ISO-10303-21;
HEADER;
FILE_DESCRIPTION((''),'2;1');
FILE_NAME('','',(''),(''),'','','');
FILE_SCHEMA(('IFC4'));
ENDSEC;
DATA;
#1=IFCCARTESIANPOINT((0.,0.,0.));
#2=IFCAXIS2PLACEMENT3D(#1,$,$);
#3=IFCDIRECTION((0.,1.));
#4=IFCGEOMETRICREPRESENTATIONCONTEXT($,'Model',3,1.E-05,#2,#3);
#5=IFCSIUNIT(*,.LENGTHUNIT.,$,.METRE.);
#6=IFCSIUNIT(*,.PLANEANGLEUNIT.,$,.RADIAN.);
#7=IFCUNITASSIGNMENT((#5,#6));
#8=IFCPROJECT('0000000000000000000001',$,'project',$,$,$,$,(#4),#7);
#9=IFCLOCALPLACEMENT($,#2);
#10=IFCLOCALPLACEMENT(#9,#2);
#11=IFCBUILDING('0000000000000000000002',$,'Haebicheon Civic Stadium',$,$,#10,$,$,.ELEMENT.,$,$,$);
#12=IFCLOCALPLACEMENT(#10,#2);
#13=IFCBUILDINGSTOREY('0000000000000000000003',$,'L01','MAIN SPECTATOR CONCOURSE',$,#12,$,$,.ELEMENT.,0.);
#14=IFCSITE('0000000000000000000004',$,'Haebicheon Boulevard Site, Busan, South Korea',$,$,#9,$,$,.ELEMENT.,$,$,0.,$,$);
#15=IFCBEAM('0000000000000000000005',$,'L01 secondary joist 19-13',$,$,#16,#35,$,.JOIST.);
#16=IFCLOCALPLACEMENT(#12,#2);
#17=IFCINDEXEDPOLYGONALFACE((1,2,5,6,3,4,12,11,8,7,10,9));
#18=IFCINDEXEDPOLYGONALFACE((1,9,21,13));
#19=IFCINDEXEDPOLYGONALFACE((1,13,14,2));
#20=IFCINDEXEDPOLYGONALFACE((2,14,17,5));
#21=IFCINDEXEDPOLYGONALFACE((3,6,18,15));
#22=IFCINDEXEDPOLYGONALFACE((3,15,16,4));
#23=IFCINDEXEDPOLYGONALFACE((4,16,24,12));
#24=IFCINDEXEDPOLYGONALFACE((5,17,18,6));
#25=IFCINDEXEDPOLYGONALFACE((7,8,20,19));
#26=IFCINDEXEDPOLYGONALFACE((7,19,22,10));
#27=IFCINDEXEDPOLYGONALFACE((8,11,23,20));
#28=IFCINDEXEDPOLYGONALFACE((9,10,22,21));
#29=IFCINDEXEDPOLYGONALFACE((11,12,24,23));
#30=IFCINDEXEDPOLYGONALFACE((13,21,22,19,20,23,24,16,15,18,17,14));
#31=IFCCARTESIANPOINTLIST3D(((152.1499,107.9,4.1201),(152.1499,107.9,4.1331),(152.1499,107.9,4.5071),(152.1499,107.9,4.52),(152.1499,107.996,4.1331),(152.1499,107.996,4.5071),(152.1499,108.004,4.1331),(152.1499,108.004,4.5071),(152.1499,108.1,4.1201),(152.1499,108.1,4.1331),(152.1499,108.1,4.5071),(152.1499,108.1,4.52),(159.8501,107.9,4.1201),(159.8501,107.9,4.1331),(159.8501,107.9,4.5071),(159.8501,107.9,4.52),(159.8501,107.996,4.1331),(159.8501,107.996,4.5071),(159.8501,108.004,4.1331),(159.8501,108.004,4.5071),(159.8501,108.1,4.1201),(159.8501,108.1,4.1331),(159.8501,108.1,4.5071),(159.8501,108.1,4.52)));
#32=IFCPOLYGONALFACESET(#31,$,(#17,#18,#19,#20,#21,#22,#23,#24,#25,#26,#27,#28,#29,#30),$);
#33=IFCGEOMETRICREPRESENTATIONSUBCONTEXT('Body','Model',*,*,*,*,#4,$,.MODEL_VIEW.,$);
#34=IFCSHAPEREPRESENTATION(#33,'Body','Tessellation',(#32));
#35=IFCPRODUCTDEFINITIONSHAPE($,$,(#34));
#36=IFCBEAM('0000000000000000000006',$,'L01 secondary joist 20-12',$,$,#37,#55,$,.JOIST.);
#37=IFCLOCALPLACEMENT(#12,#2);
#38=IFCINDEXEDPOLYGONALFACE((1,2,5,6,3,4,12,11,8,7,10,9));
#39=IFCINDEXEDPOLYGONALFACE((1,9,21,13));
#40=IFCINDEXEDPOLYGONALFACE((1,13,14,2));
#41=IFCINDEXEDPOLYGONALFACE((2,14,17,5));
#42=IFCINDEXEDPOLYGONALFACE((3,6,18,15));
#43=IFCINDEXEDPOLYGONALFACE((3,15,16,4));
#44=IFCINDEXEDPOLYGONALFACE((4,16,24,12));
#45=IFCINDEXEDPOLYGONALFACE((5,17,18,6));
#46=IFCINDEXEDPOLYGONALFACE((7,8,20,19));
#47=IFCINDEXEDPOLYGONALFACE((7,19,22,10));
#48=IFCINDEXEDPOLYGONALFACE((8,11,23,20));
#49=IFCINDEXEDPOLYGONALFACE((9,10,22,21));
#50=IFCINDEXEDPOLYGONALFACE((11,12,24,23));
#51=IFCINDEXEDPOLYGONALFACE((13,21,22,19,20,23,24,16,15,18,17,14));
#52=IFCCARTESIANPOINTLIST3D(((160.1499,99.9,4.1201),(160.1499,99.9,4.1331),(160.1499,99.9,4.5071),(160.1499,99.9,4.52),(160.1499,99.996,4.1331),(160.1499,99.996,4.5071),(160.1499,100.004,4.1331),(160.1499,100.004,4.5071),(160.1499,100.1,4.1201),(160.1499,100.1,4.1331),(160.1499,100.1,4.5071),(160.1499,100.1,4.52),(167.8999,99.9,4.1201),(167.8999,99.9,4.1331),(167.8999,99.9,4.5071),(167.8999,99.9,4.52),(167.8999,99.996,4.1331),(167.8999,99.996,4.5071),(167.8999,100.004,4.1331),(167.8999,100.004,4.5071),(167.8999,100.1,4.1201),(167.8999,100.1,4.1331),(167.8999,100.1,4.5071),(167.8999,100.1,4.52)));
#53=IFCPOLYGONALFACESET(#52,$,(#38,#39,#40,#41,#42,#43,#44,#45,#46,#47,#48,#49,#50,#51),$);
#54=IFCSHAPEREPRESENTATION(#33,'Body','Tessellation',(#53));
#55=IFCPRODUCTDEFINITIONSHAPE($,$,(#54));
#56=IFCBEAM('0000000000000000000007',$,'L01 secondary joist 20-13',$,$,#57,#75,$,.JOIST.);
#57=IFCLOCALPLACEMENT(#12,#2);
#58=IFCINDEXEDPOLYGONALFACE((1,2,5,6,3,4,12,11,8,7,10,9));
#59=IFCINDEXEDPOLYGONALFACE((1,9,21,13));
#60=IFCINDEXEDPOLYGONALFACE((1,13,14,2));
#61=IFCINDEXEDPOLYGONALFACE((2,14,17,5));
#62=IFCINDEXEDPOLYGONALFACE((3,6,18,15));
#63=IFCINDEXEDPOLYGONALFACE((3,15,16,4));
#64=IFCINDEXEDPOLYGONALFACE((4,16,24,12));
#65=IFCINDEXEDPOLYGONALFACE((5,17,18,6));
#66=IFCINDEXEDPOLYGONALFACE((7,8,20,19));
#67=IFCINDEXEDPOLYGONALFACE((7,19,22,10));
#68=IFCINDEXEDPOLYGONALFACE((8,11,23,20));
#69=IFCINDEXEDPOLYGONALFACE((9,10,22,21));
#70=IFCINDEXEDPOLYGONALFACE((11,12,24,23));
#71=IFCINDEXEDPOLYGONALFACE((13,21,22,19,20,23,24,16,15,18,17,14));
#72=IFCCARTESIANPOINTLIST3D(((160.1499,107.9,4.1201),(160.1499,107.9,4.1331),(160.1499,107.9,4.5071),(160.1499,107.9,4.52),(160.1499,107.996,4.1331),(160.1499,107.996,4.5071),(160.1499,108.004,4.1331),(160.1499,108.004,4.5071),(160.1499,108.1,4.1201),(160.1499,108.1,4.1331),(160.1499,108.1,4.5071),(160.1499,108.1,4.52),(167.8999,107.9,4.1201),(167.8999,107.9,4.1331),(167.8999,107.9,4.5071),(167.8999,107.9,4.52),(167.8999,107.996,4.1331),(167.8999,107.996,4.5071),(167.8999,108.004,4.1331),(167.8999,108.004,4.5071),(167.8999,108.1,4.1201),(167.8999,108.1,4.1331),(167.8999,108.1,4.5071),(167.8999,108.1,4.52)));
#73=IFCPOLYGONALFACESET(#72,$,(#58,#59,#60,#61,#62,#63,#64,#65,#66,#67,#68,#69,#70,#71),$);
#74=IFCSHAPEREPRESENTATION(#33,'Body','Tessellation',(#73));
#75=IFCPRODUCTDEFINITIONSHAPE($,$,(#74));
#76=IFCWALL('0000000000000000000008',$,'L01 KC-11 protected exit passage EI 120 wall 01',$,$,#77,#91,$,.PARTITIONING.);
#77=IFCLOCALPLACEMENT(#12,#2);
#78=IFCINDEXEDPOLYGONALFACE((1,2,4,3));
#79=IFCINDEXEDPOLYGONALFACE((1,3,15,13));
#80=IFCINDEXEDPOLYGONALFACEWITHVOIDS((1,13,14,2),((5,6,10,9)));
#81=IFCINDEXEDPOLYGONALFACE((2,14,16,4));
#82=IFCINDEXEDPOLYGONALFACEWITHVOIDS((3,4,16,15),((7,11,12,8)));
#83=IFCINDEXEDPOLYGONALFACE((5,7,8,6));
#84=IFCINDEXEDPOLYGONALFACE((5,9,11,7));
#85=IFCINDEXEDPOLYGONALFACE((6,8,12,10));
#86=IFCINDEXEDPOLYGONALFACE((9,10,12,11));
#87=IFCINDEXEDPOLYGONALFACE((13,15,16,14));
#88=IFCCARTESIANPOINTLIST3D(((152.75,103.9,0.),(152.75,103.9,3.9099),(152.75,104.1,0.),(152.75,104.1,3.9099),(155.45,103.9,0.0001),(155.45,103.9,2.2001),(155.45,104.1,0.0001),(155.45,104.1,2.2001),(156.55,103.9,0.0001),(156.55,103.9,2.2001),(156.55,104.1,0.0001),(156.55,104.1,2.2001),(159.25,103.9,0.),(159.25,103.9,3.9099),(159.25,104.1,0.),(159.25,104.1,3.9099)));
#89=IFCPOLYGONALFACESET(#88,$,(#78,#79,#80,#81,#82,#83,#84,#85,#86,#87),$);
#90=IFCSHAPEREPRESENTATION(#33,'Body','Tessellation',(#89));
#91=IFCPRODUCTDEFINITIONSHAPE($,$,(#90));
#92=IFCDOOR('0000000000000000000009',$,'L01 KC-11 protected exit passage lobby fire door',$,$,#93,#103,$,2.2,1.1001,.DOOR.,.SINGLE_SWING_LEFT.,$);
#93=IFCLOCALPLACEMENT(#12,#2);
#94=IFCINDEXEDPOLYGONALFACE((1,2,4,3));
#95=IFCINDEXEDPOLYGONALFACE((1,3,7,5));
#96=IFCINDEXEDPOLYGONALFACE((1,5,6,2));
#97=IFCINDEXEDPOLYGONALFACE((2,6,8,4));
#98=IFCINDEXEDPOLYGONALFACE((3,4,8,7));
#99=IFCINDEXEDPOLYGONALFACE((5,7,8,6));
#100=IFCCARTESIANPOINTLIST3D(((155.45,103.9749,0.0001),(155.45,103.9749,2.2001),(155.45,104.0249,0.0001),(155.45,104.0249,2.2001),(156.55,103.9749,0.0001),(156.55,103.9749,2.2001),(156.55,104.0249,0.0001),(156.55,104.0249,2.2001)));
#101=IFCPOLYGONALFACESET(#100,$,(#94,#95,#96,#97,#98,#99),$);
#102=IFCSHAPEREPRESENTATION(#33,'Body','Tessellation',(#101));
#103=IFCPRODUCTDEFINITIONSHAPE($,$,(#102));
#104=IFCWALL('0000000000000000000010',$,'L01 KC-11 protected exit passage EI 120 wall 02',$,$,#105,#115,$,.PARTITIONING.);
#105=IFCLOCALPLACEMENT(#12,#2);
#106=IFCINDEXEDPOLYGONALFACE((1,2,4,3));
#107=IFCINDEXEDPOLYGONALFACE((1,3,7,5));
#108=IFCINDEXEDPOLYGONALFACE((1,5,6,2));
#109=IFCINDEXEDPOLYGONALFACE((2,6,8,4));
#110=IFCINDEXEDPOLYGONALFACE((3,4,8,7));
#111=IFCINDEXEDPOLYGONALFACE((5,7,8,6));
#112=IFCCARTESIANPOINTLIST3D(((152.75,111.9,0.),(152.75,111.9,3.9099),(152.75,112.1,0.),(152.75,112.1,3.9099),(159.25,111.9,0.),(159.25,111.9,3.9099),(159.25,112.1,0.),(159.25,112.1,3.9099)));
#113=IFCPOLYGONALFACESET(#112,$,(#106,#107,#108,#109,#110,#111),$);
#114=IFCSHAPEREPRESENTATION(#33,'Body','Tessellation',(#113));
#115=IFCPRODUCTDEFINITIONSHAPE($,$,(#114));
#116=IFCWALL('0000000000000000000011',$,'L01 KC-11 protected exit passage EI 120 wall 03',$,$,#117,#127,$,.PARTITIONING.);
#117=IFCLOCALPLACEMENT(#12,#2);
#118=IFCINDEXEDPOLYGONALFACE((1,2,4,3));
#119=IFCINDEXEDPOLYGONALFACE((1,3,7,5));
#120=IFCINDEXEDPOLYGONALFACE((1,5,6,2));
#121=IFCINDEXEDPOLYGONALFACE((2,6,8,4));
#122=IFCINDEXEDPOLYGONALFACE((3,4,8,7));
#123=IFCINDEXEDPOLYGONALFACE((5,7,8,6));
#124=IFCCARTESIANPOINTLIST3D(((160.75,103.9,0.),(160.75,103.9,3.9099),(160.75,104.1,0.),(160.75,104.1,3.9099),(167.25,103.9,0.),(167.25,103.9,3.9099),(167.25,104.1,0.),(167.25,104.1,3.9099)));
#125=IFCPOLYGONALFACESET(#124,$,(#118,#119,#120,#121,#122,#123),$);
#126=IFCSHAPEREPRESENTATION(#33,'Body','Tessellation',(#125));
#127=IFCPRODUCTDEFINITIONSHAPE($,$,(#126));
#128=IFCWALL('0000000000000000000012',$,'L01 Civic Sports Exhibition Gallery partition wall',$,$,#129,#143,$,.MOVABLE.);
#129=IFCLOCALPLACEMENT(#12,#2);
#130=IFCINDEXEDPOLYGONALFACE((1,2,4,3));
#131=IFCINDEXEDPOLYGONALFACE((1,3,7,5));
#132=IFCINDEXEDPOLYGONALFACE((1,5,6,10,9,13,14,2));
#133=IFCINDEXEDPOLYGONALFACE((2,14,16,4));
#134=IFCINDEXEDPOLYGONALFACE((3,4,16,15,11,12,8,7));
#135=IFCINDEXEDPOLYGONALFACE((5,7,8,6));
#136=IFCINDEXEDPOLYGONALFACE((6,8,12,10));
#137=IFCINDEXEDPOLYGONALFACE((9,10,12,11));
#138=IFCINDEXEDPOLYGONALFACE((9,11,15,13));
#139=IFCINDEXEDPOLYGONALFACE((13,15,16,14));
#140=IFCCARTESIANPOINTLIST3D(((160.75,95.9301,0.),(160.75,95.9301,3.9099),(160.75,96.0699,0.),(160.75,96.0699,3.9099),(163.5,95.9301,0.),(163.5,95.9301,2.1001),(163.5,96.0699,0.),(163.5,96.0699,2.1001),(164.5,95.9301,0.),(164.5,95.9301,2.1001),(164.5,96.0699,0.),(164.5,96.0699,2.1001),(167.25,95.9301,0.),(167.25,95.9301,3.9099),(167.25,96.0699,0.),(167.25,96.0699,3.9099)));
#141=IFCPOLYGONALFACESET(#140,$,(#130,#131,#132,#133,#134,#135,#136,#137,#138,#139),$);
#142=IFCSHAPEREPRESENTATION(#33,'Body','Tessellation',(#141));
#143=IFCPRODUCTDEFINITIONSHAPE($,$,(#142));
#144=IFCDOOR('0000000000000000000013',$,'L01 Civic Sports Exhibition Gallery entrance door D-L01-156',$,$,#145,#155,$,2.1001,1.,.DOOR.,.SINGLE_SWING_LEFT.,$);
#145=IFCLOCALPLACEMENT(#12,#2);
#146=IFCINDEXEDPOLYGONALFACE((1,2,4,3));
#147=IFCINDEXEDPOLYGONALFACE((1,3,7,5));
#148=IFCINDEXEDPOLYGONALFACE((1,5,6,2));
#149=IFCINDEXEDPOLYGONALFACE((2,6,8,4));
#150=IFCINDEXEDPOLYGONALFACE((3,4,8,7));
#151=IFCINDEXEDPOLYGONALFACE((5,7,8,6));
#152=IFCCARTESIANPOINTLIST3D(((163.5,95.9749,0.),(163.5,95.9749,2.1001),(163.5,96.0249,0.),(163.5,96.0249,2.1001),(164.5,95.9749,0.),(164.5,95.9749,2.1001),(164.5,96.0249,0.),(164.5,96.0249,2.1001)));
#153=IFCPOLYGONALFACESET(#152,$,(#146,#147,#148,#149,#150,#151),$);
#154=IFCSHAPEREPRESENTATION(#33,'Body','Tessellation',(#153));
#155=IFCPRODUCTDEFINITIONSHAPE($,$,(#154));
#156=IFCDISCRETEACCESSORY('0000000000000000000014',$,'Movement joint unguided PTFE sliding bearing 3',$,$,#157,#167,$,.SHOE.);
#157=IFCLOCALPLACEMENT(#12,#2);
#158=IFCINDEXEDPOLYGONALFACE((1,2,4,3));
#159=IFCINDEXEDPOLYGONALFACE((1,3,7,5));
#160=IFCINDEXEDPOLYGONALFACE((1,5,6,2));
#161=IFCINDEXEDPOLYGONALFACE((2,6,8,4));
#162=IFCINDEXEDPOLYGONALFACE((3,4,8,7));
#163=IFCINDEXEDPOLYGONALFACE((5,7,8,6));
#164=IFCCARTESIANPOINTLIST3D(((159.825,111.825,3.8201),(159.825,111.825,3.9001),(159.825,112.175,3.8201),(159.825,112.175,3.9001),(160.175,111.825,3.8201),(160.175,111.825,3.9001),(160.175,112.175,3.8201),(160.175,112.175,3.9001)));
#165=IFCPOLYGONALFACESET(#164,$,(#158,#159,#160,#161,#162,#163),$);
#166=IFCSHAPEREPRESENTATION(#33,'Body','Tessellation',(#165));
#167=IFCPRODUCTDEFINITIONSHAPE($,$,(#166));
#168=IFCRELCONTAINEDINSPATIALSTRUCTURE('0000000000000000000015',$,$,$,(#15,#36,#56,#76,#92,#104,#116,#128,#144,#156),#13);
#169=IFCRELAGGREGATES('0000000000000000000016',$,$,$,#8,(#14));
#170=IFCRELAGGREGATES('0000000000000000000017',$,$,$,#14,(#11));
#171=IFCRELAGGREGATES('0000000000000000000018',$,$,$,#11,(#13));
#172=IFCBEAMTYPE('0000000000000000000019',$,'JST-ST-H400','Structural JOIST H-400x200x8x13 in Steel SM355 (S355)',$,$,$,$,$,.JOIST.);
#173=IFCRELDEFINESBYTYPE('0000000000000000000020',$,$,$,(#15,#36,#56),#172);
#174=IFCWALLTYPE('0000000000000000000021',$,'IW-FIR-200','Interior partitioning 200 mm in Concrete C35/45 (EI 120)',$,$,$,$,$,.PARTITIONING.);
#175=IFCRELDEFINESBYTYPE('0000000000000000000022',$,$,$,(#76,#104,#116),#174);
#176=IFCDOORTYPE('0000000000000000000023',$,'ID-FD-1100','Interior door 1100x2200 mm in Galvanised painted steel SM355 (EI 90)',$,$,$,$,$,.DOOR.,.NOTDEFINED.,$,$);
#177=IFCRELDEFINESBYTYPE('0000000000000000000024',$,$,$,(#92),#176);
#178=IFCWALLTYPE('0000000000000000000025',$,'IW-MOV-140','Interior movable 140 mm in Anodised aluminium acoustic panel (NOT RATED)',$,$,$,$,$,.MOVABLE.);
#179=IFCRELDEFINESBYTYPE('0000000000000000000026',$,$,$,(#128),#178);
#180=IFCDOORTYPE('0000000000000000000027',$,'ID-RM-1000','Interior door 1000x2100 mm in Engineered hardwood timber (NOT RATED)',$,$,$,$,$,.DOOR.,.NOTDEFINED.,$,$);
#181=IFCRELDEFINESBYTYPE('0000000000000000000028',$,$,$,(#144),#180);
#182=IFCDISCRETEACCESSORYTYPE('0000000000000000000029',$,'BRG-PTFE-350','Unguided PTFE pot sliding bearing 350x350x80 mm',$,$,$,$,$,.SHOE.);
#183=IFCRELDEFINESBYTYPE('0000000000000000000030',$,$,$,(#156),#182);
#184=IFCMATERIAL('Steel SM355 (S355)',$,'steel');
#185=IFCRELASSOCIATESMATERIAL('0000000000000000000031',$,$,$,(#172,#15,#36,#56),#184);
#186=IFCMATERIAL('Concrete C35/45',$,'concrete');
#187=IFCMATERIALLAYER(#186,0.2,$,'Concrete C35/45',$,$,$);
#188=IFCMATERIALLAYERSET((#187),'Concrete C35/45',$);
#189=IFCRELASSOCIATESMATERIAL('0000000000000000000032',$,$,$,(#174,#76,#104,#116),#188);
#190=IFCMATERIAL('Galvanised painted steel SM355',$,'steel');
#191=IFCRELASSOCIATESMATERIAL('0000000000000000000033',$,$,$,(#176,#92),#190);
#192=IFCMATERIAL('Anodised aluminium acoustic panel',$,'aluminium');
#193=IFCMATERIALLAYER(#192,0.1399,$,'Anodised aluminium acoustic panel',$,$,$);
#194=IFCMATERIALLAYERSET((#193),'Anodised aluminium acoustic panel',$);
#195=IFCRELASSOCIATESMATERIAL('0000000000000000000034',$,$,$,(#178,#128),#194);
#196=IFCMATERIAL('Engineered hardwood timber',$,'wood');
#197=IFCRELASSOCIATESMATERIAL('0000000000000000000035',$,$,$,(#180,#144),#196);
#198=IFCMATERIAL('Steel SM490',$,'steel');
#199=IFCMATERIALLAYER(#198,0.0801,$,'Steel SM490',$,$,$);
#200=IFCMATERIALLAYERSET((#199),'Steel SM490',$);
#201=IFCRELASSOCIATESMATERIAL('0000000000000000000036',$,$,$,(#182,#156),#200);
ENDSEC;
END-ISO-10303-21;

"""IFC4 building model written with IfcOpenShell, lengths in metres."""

from ifc_helpers import new_model, si_unit, direction, frame, frame_2d, origin, origin_2d, place, context, subcontext, project, spatial, rectangle, i_section, extrude, material, layer, layer_set, material_profile, profile_set, type_object, element, fill, save


model = new_model("IFC4")

# Units and contexts
model_context = context("Model", 3, precision=1e-05, world=origin(), true_north=direction((0.0, 1.0)))
body_context = subcontext(model_context, "Body", "Model", "MODEL_VIEW")
ifc_project = project(units=[si_unit("LENGTHUNIT", "METRE"), si_unit("PLANEANGLEUNIT", "RADIAN")], contexts=[model_context])

# Site, building, storey
site_placement = place(None, origin())
site = spatial("IfcSite", under=ifc_project, at=site_placement, Name="Haebicheon Boulevard Site, Busan, South Korea", CompositionType="ELEMENT", RefElevation=0.0)
building_placement = place(site_placement, origin())
building = spatial("IfcBuilding", under=site, at=building_placement, Name="Haebicheon Civic Stadium", CompositionType="ELEMENT")
storey_placement = place(building_placement, origin())
storey = spatial("IfcBuildingStorey", under=building, at=storey_placement, Name="L01", Description="MAIN SPECTATOR CONCOURSE", CompositionType="ELEMENT", Elevation=0.0)

# Beams
ifc_material_1 = material(Name="Steel SM355 (S355)", Category="steel")
ifc_material_profile_1 = material_profile(ifc_material_1, i_section(OverallWidth=0.2, OverallDepth=0.3999, WebThickness=0.0081, FlangeThickness=0.0129, at=origin_2d()), Name="H-400x200x8x13")
ifc_profile_set_1 = profile_set([ifc_material_profile_1], Name="Steel SM355 (S355)")
beam_type_1 = type_object("IfcBeamType", Name="JST-ST-H400", Description="Structural JOIST H-400x200x8x13 in Steel SM355 (S355)", PredefinedType="JOIST", material=ifc_profile_set_1)
beam_placement = place(storey_placement, frame((152.1499, 108.0, 4.3201), z_axis=(1.0, 0.0, 0.0), x_axis=(0.0, 1.0, 0.0)))
element("IfcBeam", 1, at=beam_placement, inside=storey, type_object=beam_type_1, material=ifc_profile_set_1, Name="L01 secondary joist 19-13", PredefinedType="JOIST", context=body_context, shape_type="SweptSolid", body=[
    extrude(i_section(OverallWidth=0.2, OverallDepth=0.3999, WebThickness=0.0081, FlangeThickness=0.0129, at=origin_2d()), origin(), (0.0, 0.0, 1.0), 7.7002),
])
for number, where, z_axis, x_axis, name in (
    (2, (160.1499, 100.0, 4.3201), (1.0, 0.0, 0.0), (0.0, 1.0, 0.0), "L01 secondary joist 20-12"),
    (3, (160.1499, 108.0, 4.3201), (1.0, 0.0, 0.0), (0.0, 1.0, 0.0), "L01 secondary joist 20-13"),
):
    element("IfcBeam", number, at=place(storey_placement, frame(where, z_axis=z_axis, x_axis=x_axis)), inside=storey, type_object=beam_type_1, material=ifc_profile_set_1, Name=name, PredefinedType="JOIST", context=body_context, shape_type="SweptSolid", body=[
        extrude(i_section(OverallWidth=0.2, OverallDepth=0.3999, WebThickness=0.0081, FlangeThickness=0.0129, at=origin_2d()), origin(), (0.0, 0.0, 1.0), 7.75),
    ])

# Wall, opening, door
ifc_material_2 = material(Name="Concrete C35/45", Category="concrete")
ifc_layer_1 = layer(ifc_material_2, 0.2, Name="Concrete C35/45")
ifc_layer_set_1 = layer_set([ifc_layer_1], Name="Concrete C35/45")
wall_type_1 = type_object("IfcWallType", Name="IW-FIR-200", Description="Interior partitioning 200 mm in Concrete C35/45 (EI 120)", PredefinedType="PARTITIONING", material=ifc_layer_set_1)
wall_1_placement = place(storey_placement, frame((152.75, 104.0, 0.0), z_axis=(0.0, 0.0, 1.0), x_axis=(1.0, 0.0, 0.0)))
wall_1 = element("IfcWall", 4, at=wall_1_placement, inside=storey, type_object=wall_type_1, material=ifc_layer_set_1, Name="L01 KC-11 protected exit passage EI 120 wall 01", PredefinedType="PARTITIONING", context=body_context, shape_type="SweptSolid", body=[
    extrude(rectangle(XDim=6.5, YDim=0.2, at=frame_2d((3.25, 0.0))), origin(), (0.0, 0.0, 1.0), 3.9099),
])
opening_1_placement = place(wall_1_placement, frame((2.7, 0.0, 0.0)))
opening_1 = element("IfcOpeningElement", 5, at=opening_1_placement, cuts=wall_1, PredefinedType="OPENING", context=body_context, shape_type="SweptSolid", body=[
    extrude(rectangle(XDim=1.1001, YDim=2.2, at=frame_2d((0.55, 1.1001))), frame((0.0, 0.1099, 0.0), z_axis=(0.0, -1.0, 0.0), x_axis=(1.0, 0.0, 0.0)), (0.0, 0.0, 1.0), 0.22),
])
ifc_material_3 = material(Name="Galvanised painted steel SM355", Category="steel")
door_type_1 = type_object("IfcDoorType", Name="ID-FD-1100", Description="Interior door 1100x2200 mm in Galvanised painted steel SM355 (EI 90)", OperationType="NOTDEFINED", PredefinedType="DOOR", material=ifc_material_3)
door_1_placement = place(opening_1_placement, origin())
door_1 = element("IfcDoor", 6, at=door_1_placement, inside=storey, type_object=door_type_1, material=ifc_material_3, Name="L01 KC-11 protected exit passage lobby fire door", OperationType="SINGLE_SWING_LEFT", OverallHeight=2.2, OverallWidth=1.1001, PredefinedType="DOOR", context=body_context, shape_type="SweptSolid", body=[
    extrude(rectangle(XDim=1.1001, YDim=2.2, at=frame_2d((0.55, 1.1001))), frame((0.0, 0.0249, 0.0), z_axis=(0.0, -1.0, 0.0), x_axis=(1.0, 0.0, 0.0)), (0.0, 0.0, 1.0), 0.05),
])
fill(opening_1, door_1)

# Walls
for number, where, z_axis, x_axis, name in (
    (7, (152.75, 112.0, 0.0), (0.0, 0.0, 1.0), (1.0, 0.0, 0.0), "L01 KC-11 protected exit passage EI 120 wall 02"),
    (8, (160.75, 104.0, 0.0), (0.0, 0.0, 1.0), (1.0, 0.0, 0.0), "L01 KC-11 protected exit passage EI 120 wall 03"),
):
    element("IfcWall", number, at=place(storey_placement, frame(where, z_axis=z_axis, x_axis=x_axis)), inside=storey, type_object=wall_type_1, material=ifc_layer_set_1, Name=name, PredefinedType="PARTITIONING", context=body_context, shape_type="SweptSolid", body=[
        extrude(rectangle(XDim=6.5, YDim=0.2, at=frame_2d((3.25, 0.0))), origin(), (0.0, 0.0, 1.0), 3.9099),
    ])

# Wall, opening, door
ifc_material_4 = material(Name="Anodised aluminium acoustic panel", Category="aluminium")
ifc_layer_2 = layer(ifc_material_4, 0.1399, Name="Anodised aluminium acoustic panel")
ifc_layer_set_2 = layer_set([ifc_layer_2], Name="Anodised aluminium acoustic panel")
wall_type_2 = type_object("IfcWallType", Name="IW-MOV-140", Description="Interior movable 140 mm in Anodised aluminium acoustic panel (NOT RATED)", PredefinedType="MOVABLE", material=ifc_layer_set_2)
wall_2_placement = place(storey_placement, frame((160.75, 96.0, 0.0), z_axis=(0.0, 0.0, 1.0), x_axis=(1.0, 0.0, 0.0)))
wall_2 = element("IfcWall", 9, at=wall_2_placement, inside=storey, type_object=wall_type_2, material=ifc_layer_set_2, Name="L01 Civic Sports Exhibition Gallery partition wall", PredefinedType="MOVABLE", context=body_context, shape_type="SweptSolid", body=[
    extrude(rectangle(XDim=6.5, YDim=0.1399, at=frame_2d((3.25, 0.0))), origin(), (0.0, 0.0, 1.0), 3.9099),
])
opening_2_placement = place(wall_2_placement, frame((2.75, 0.0, 0.0)))
opening_2 = element("IfcOpeningElement", 10, at=opening_2_placement, cuts=wall_2, PredefinedType="OPENING", context=body_context, shape_type="SweptSolid", body=[
    extrude(rectangle(XDim=1.0, YDim=2.1001, at=frame_2d((0.5, 1.05))), frame((0.0, 0.0798, 0.0), z_axis=(0.0, -1.0, 0.0), x_axis=(1.0, 0.0, 0.0)), (0.0, 0.0, 1.0), 0.1599),
])
ifc_material_5 = material(Name="Engineered hardwood timber", Category="wood")
door_type_2 = type_object("IfcDoorType", Name="ID-RM-1000", Description="Interior door 1000x2100 mm in Engineered hardwood timber (NOT RATED)", OperationType="NOTDEFINED", PredefinedType="DOOR", material=ifc_material_5)
door_2_placement = place(opening_2_placement, origin())
door_2 = element("IfcDoor", 11, at=door_2_placement, inside=storey, type_object=door_type_2, material=ifc_material_5, Name="L01 Civic Sports Exhibition Gallery entrance door D-L01-156", OperationType="SINGLE_SWING_LEFT", OverallHeight=2.1001, OverallWidth=1.0, PredefinedType="DOOR", context=body_context, shape_type="SweptSolid", body=[
    extrude(rectangle(XDim=1.0, YDim=2.1001, at=frame_2d((0.5, 1.05))), frame((0.0, 0.0249, 0.0), z_axis=(0.0, -1.0, 0.0), x_axis=(1.0, 0.0, 0.0)), (0.0, 0.0, 1.0), 0.05),
])
fill(opening_2, door_2)

# Discrete accessory
ifc_material_6 = material(Name="Steel SM490", Category="steel")
ifc_layer_3 = layer(ifc_material_6, 0.0801, Name="Steel SM490")
ifc_layer_set_3 = layer_set([ifc_layer_3], Name="Steel SM490")
discrete_accessory_type = type_object("IfcDiscreteAccessoryType", Name="BRG-PTFE-350", Description="Unguided PTFE pot sliding bearing 350x350x80 mm", PredefinedType="SHOE", material=ifc_layer_set_3)
discrete_accessory_placement = place(storey_placement, frame((160.0, 112.0, 3.8201), z_axis=(0.0, 0.0, 1.0), x_axis=(1.0, 0.0, 0.0)))
element("IfcDiscreteAccessory", 12, at=discrete_accessory_placement, inside=storey, type_object=discrete_accessory_type, material=ifc_layer_set_3, Name="Movement joint unguided PTFE sliding bearing 3", PredefinedType="SHOE", context=body_context, shape_type="SweptSolid", body=[
    extrude(rectangle(XDim=0.3501, YDim=0.3501, at=origin_2d()), origin(), (0.0, 0.0, 1.0), 0.0801),
])

save(model, "model.ifc")
